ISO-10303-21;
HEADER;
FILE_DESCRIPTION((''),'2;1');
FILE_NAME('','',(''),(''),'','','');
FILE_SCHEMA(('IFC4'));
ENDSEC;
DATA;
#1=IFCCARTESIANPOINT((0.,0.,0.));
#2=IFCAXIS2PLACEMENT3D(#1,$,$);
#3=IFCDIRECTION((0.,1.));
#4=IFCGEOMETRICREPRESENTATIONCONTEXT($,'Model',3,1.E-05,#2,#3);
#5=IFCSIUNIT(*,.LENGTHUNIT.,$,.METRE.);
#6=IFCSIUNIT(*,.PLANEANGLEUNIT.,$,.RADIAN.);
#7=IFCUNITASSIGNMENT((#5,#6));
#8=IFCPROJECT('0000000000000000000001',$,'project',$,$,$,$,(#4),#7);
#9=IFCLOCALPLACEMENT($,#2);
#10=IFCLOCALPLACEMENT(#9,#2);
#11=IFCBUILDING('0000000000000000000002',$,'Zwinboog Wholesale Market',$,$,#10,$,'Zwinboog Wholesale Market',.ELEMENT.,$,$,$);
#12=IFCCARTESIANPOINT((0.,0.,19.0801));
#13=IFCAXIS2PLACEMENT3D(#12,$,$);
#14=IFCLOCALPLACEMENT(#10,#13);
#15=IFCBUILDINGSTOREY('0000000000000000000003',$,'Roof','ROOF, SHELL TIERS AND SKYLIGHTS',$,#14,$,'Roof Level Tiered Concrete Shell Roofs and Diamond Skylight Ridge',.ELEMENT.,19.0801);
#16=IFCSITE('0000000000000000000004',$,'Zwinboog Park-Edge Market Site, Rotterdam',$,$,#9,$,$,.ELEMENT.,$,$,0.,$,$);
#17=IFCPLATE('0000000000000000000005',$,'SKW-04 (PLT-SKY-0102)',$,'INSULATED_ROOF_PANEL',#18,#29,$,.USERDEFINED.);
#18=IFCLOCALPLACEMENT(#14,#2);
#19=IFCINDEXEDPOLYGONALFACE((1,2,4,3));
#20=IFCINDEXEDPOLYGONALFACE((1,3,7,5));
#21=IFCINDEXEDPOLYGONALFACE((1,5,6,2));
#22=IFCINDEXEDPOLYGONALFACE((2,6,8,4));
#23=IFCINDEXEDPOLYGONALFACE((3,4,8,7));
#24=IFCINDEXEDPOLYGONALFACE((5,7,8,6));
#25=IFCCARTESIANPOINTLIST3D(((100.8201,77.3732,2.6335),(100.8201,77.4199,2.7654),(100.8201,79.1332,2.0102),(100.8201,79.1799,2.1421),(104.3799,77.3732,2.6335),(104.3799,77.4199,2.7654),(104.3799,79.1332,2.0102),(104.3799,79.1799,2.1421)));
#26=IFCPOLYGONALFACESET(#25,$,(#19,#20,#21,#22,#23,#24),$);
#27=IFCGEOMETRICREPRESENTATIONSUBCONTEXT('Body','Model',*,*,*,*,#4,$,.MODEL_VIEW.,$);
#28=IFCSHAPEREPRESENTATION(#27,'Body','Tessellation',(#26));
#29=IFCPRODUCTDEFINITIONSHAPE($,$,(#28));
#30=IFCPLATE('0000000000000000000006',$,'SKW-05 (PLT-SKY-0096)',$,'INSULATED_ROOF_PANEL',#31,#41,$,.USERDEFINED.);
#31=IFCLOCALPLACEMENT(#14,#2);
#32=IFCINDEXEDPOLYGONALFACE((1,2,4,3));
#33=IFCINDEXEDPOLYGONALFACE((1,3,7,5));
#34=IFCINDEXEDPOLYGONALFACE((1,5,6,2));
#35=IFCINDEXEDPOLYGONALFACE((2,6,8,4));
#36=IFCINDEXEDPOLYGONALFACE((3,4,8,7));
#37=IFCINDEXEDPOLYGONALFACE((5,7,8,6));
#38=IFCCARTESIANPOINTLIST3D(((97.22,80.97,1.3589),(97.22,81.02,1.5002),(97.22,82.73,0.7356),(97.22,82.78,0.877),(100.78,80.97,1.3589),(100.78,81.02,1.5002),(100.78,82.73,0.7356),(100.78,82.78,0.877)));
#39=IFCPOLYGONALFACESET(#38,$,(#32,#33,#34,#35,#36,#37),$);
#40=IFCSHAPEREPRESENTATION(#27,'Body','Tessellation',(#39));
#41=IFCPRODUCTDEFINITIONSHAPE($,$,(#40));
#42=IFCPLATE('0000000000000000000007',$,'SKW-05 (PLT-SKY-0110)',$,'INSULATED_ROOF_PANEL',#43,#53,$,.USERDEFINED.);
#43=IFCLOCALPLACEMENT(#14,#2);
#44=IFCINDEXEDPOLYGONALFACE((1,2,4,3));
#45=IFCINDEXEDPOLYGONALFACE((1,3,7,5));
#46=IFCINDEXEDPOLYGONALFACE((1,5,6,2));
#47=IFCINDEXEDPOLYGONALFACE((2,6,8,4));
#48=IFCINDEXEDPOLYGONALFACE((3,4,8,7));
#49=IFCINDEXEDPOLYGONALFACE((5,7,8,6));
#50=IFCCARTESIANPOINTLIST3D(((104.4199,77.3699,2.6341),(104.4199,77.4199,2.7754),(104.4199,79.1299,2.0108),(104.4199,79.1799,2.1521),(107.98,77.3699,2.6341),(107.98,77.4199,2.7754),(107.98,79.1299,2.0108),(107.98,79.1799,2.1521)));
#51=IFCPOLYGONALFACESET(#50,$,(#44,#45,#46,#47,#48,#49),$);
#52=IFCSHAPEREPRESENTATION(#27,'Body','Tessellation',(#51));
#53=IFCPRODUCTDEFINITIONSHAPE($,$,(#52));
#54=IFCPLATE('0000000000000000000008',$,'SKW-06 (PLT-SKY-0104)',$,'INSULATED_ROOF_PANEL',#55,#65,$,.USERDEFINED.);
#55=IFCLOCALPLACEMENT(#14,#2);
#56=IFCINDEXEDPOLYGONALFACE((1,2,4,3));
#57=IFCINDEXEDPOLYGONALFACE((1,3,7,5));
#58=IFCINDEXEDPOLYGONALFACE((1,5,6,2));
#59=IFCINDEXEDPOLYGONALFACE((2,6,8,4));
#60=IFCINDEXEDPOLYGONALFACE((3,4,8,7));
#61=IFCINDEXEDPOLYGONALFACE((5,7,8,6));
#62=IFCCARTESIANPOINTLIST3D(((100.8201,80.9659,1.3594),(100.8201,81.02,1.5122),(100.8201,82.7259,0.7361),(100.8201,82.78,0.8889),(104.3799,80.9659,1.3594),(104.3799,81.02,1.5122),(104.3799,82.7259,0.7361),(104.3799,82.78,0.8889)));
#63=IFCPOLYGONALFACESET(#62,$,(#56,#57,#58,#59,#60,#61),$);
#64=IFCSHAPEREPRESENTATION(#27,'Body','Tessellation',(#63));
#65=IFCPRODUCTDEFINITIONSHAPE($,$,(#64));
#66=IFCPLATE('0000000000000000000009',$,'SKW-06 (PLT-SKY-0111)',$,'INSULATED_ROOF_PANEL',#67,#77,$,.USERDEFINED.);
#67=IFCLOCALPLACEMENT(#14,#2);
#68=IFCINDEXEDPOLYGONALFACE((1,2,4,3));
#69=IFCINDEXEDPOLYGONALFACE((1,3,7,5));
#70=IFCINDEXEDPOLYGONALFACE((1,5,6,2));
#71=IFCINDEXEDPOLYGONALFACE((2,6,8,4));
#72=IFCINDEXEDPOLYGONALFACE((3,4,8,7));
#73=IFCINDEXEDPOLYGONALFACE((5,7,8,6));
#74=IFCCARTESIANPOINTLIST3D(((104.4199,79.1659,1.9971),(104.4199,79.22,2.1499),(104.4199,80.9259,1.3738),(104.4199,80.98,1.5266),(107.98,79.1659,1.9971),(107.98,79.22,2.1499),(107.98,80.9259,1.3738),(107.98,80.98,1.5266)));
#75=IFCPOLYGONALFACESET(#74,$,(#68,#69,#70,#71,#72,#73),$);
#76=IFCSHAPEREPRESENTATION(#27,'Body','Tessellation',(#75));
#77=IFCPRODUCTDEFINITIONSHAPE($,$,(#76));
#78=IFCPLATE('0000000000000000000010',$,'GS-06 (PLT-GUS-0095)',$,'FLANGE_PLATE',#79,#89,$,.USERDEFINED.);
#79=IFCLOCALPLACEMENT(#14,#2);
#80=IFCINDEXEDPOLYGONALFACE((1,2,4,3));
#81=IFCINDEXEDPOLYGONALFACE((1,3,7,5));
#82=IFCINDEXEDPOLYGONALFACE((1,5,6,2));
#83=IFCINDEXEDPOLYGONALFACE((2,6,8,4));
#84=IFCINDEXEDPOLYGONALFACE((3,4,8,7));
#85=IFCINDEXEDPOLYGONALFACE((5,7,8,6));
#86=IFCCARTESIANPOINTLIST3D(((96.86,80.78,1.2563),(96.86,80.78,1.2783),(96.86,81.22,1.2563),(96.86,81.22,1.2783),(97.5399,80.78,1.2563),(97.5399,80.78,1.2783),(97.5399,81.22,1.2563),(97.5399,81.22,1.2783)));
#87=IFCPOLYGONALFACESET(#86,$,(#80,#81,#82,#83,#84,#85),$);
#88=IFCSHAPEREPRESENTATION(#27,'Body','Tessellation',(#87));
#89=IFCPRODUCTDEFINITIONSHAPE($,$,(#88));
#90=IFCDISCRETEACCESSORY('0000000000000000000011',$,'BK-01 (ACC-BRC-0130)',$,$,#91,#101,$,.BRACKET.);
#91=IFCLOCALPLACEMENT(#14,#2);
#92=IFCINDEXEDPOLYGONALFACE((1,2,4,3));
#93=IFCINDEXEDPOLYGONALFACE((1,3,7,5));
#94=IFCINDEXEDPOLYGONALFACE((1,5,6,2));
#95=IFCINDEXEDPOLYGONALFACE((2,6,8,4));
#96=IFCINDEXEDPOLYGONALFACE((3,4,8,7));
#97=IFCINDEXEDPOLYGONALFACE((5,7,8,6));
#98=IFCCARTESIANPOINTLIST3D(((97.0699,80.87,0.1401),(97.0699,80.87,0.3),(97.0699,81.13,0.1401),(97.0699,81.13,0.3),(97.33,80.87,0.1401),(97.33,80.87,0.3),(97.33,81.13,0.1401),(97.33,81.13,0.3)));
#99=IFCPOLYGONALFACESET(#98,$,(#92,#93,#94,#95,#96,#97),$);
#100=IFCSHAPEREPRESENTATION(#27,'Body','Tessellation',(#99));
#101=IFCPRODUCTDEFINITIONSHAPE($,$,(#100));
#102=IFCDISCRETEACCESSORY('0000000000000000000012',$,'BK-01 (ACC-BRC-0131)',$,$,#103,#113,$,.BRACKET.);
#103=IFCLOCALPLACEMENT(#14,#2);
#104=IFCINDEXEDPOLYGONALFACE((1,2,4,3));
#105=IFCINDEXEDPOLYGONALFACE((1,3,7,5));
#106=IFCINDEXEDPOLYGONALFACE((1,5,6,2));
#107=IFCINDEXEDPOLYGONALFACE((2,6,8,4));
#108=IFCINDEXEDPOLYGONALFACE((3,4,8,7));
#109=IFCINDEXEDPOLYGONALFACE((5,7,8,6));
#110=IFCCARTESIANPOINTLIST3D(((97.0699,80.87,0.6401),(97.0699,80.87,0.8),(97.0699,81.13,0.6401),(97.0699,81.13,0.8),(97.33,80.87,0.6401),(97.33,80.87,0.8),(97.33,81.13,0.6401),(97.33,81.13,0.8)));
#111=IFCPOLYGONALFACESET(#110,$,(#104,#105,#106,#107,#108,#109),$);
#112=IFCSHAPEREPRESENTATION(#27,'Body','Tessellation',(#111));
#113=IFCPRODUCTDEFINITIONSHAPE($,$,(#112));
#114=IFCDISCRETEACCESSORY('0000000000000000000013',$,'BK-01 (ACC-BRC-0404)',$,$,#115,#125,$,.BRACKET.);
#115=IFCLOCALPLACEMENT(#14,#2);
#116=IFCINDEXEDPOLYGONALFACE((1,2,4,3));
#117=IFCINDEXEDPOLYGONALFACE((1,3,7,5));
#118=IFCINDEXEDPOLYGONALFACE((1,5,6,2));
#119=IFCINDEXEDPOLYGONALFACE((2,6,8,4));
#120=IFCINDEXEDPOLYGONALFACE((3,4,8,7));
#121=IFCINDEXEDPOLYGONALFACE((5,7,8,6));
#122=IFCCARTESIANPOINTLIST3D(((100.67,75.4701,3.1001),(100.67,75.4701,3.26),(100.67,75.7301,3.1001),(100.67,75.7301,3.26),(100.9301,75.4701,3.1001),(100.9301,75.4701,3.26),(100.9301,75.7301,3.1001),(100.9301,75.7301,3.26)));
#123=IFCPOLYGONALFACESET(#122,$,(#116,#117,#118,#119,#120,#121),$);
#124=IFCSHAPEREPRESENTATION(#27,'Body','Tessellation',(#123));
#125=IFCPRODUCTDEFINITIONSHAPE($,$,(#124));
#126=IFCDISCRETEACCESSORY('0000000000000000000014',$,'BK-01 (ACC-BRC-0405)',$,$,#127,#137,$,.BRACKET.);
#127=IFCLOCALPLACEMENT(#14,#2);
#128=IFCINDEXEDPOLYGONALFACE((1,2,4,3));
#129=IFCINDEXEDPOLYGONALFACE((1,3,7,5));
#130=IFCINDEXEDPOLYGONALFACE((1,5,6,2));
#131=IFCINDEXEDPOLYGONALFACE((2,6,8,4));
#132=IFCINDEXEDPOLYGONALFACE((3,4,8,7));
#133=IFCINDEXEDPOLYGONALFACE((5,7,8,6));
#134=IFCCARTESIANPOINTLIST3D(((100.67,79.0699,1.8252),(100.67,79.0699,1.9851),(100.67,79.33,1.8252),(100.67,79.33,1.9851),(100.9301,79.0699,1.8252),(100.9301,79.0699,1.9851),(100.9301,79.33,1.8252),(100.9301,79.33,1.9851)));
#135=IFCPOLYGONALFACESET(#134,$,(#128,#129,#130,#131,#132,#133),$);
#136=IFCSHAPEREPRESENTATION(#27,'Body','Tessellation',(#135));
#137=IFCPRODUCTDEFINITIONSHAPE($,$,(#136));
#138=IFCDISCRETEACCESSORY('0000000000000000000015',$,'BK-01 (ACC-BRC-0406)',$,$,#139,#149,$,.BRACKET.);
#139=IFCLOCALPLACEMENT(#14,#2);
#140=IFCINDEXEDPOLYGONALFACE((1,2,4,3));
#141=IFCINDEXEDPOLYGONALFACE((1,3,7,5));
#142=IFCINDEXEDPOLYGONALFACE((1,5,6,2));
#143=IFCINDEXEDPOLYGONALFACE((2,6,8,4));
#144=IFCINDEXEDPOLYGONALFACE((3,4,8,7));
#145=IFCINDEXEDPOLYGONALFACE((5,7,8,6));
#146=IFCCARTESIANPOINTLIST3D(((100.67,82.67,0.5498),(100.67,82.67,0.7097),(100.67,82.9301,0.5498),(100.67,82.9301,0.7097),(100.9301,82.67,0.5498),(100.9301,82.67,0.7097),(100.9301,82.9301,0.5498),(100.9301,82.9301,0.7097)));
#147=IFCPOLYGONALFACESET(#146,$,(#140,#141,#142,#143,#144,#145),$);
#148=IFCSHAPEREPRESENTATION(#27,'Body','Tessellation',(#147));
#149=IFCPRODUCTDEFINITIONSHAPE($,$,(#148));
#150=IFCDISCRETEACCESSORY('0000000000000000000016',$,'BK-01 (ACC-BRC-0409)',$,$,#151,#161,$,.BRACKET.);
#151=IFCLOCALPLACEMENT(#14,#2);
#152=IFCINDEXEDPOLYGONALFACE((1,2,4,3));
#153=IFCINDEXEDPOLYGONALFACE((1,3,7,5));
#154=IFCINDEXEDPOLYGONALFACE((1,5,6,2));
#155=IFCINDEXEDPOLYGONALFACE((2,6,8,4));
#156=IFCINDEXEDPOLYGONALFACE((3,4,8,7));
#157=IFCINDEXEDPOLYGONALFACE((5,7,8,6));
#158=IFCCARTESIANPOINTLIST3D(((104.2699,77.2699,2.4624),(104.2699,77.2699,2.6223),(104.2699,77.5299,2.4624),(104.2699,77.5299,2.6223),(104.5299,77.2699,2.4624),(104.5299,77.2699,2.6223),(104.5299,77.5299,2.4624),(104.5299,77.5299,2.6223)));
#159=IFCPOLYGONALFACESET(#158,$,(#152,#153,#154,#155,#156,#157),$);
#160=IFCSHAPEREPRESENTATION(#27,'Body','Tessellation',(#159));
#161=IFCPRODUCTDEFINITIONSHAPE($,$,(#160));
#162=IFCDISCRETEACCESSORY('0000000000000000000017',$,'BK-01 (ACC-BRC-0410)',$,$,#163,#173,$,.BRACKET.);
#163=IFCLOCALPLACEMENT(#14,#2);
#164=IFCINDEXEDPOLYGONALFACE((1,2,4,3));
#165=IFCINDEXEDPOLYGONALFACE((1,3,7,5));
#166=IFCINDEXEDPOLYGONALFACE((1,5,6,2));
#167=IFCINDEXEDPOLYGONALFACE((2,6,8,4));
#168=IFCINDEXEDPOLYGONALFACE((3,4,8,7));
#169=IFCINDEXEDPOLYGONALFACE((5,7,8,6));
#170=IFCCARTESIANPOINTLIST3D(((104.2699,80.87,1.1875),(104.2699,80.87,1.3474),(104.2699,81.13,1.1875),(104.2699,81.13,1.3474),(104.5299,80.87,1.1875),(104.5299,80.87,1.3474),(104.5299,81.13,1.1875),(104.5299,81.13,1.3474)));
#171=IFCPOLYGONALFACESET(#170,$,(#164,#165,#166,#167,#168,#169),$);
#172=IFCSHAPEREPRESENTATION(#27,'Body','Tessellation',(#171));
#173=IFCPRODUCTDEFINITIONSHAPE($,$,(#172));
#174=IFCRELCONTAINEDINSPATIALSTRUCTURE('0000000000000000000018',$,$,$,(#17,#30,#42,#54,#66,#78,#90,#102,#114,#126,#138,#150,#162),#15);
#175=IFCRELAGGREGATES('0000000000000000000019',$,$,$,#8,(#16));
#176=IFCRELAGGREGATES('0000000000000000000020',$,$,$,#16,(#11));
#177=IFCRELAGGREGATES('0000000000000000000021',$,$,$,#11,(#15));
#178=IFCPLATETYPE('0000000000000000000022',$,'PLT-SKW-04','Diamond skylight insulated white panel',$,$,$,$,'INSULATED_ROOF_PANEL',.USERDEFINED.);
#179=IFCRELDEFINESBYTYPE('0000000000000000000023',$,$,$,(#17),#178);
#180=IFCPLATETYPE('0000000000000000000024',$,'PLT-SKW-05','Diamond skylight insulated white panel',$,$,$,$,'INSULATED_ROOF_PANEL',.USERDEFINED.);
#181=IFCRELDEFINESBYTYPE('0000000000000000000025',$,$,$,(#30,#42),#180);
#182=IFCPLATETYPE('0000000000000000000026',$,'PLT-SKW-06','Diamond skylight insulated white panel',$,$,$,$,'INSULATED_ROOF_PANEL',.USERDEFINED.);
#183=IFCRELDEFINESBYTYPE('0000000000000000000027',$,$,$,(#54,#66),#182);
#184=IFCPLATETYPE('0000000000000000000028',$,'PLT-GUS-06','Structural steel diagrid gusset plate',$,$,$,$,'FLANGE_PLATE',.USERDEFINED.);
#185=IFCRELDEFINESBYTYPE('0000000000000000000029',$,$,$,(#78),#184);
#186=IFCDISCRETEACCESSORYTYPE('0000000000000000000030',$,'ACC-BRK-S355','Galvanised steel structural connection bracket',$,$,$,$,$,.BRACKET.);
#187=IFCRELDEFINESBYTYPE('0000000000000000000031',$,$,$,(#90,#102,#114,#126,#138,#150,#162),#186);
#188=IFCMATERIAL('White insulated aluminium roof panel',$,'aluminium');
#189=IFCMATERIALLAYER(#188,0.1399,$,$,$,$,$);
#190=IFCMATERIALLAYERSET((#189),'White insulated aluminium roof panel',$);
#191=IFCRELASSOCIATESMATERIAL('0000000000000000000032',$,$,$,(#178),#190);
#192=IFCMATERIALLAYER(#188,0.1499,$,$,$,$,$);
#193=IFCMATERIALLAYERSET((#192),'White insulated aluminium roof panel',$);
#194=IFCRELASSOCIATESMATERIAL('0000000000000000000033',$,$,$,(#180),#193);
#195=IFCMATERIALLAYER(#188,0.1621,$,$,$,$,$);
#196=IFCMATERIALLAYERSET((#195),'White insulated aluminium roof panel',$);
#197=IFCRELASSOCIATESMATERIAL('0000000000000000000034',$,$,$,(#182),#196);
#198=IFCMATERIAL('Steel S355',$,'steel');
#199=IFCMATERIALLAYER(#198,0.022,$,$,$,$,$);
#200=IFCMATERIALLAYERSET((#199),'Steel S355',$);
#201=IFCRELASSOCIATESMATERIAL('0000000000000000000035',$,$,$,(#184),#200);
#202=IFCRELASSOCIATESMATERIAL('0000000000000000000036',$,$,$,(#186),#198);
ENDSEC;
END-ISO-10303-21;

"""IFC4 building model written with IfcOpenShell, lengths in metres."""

from ifc_helpers import new_model, si_unit, direction, frame, origin, origin_2d, place, context, subcontext, project, spatial, polyline, rectangle, outline, extrude, material, layer, layer_set, type_object, element, save


model = new_model("IFC4")

# Units and contexts
model_context = context("Model", 3, precision=1e-05, world=origin(), true_north=direction((0.0, 1.0)))
body_context = subcontext(model_context, "Body", "Model", "MODEL_VIEW")
ifc_project = project(units=[si_unit("LENGTHUNIT", "METRE"), si_unit("PLANEANGLEUNIT", "RADIAN")], contexts=[model_context])

# Site, building, storey
site_placement = place(None, origin())
site = spatial("IfcSite", under=ifc_project, at=site_placement, Name="Zwinboog Park-Edge Market Site, Rotterdam", CompositionType="ELEMENT", RefElevation=0.0)
building_placement = place(site_placement, origin())
building = spatial("IfcBuilding", under=site, at=building_placement, Name="Zwinboog Wholesale Market", LongName="Zwinboog Wholesale Market", CompositionType="ELEMENT")
storey_placement = place(building_placement, frame((0.0, 0.0, 19.0801)))
storey = spatial("IfcBuildingStorey", under=building, at=storey_placement, Name="Roof", Description="ROOF, SHELL TIERS AND SKYLIGHTS", LongName="Roof Level Tiered Concrete Shell Roofs and Diamond Skylight Ridge", CompositionType="ELEMENT", Elevation=19.0801)

# Shared definitions
ifc_material_1 = material(Name="Steel S355", Category="steel")

# Plates
ifc_material_2 = material(Name="White insulated aluminium roof panel", Category="aluminium")
ifc_layer_1 = layer(ifc_material_2, 0.1399)
ifc_layer_set_1 = layer_set([ifc_layer_1], Name="White insulated aluminium roof panel")
plate_type_1 = type_object("IfcPlateType", Name="PLT-SKW-04", Description="Diamond skylight insulated white panel", ElementType="INSULATED_ROOF_PANEL", PredefinedType="USERDEFINED", material=ifc_layer_set_1)
plate_1_placement = place(storey_placement, frame((100.8201, 77.4199, 2.7654), z_axis=(0.0, 0.333825, 0.942635), x_axis=(1.0, 0.0, 0.0)))
element("IfcPlate", 1, at=plate_1_placement, inside=storey, type_object=plate_type_1, Name="SKW-04 (PLT-SKY-0102)", ObjectType="INSULATED_ROOF_PANEL", PredefinedType="USERDEFINED", context=body_context, shape_type="SweptSolid", body=[
    extrude(outline(polyline([(0.0, 0.0), (3.5598, 0.0), (3.5598, 1.8671), (0.0, 1.8671), (0.0, 0.0)])), origin(), (0.0, 0.0, -1.0), 0.1399),
])
ifc_layer_2 = layer(ifc_material_2, 0.1499)
ifc_layer_set_2 = layer_set([ifc_layer_2], Name="White insulated aluminium roof panel")
plate_type_2 = type_object("IfcPlateType", Name="PLT-SKW-05", Description="Diamond skylight insulated white panel", ElementType="INSULATED_ROOF_PANEL", PredefinedType="USERDEFINED", material=ifc_layer_set_2)
for number, where, z_axis, x_axis, name in (
    (2, (97.22, 81.02, 1.5002), (0.0, 0.333825, 0.942635), (1.0, 0.0, 0.0), "SKW-05 (PLT-SKY-0096)"),
    (3, (104.4199, 77.4199, 2.7754), (0.0, 0.333825, 0.942635), (1.0, 0.0, 0.0), "SKW-05 (PLT-SKY-0110)"),
):
    element("IfcPlate", number, at=place(storey_placement, frame(where, z_axis=z_axis, x_axis=x_axis)), inside=storey, type_object=plate_type_2, Name=name, ObjectType="INSULATED_ROOF_PANEL", PredefinedType="USERDEFINED", context=body_context, shape_type="SweptSolid", body=[
        extrude(outline(polyline([(0.0, 0.0), (3.5601, 0.0), (3.5601, 1.8671), (0.0, 1.8671), (0.0, 0.0)])), origin(), (0.0, 0.0, -1.0), 0.1499),
    ])
ifc_layer_3 = layer(ifc_material_2, 0.1621)
ifc_layer_set_3 = layer_set([ifc_layer_3], Name="White insulated aluminium roof panel")
plate_type_3 = type_object("IfcPlateType", Name="PLT-SKW-06", Description="Diamond skylight insulated white panel", ElementType="INSULATED_ROOF_PANEL", PredefinedType="USERDEFINED", material=ifc_layer_set_3)
plate_2_placement = place(storey_placement, frame((100.8201, 81.02, 1.5122), z_axis=(0.0, 0.333825, 0.942635), x_axis=(1.0, 0.0, 0.0)))
element("IfcPlate", 4, at=plate_2_placement, inside=storey, type_object=plate_type_3, Name="SKW-06 (PLT-SKY-0104)", ObjectType="INSULATED_ROOF_PANEL", PredefinedType="USERDEFINED", context=body_context, shape_type="SweptSolid", body=[
    extrude(outline(polyline([(0.0, 0.0), (3.5598, 0.0), (3.5598, 1.8671), (0.0, 1.8671), (0.0, 0.0)])), origin(), (0.0, 0.0, -1.0), 0.1621),
])
plate_3_placement = place(storey_placement, frame((104.4199, 79.22, 2.1499), z_axis=(0.0, 0.333825, 0.942635), x_axis=(1.0, 0.0, 0.0)))
element("IfcPlate", 5, at=plate_3_placement, inside=storey, type_object=plate_type_3, Name="SKW-06 (PLT-SKY-0111)", ObjectType="INSULATED_ROOF_PANEL", PredefinedType="USERDEFINED", context=body_context, shape_type="SweptSolid", body=[
    extrude(outline(polyline([(0.0, 0.0), (3.5601, 0.0), (3.5601, 1.8671), (0.0, 1.8671), (0.0, 0.0)])), origin(), (0.0, 0.0, -1.0), 0.1621),
])
ifc_layer_4 = layer(ifc_material_1, 0.022)
ifc_layer_set_4 = layer_set([ifc_layer_4], Name="Steel S355")
plate_type_4 = type_object("IfcPlateType", Name="PLT-GUS-06", Description="Structural steel diagrid gusset plate", ElementType="FLANGE_PLATE", PredefinedType="USERDEFINED", material=ifc_layer_set_4)
plate_4_placement = place(storey_placement, frame((97.2, 81.0, 1.2563), z_axis=(0.0, 0.0, 1.0), x_axis=(1.0, 0.0, 0.0)))
element("IfcPlate", 6, at=plate_4_placement, inside=storey, type_object=plate_type_4, Name="GS-06 (PLT-GUS-0095)", ObjectType="FLANGE_PLATE", PredefinedType="USERDEFINED", context=body_context, shape_type="SweptSolid", body=[
    extrude(rectangle(XDim=0.6799, YDim=0.4399, at=origin_2d()), origin(), (0.0, 0.0, 1.0), 0.022),
])

# Discrete accessories
discrete_accessory_type = type_object("IfcDiscreteAccessoryType", Name="ACC-BRK-S355", Description="Galvanised steel structural connection bracket", PredefinedType="BRACKET", material=ifc_material_1)
for number, where, z_axis, x_axis, name in (
    (7, (97.2, 81.0, 0.1401), (0.0, 0.0, 1.0), (1.0, 0.0, 0.0), "BK-01 (ACC-BRC-0130)"),
    (8, (97.2, 81.0, 0.6401), (0.0, 0.0, 1.0), (1.0, 0.0, 0.0), "BK-01 (ACC-BRC-0131)"),
    (9, (100.8, 75.6001, 3.1001), (0.0, 0.0, 1.0), (1.0, 0.0, 0.0), "BK-01 (ACC-BRC-0404)"),
    (10, (100.8, 79.2, 1.8252), (0.0, 0.0, 1.0), (1.0, 0.0, 0.0), "BK-01 (ACC-BRC-0405)"),
    (11, (100.8, 82.8, 0.5498), (0.0, 0.0, 1.0), (1.0, 0.0, 0.0), "BK-01 (ACC-BRC-0406)"),
    (12, (104.3999, 77.3999, 2.4624), (0.0, 0.0, 1.0), (1.0, 0.0, 0.0), "BK-01 (ACC-BRC-0409)"),
    (13, (104.3999, 81.0, 1.1875), (0.0, 0.0, 1.0), (1.0, 0.0, 0.0), "BK-01 (ACC-BRC-0410)"),
):
    element("IfcDiscreteAccessory", number, at=place(storey_placement, frame(where, z_axis=z_axis, x_axis=x_axis)), inside=storey, type_object=discrete_accessory_type, Name=name, PredefinedType="BRACKET", context=body_context, shape_type="SweptSolid", body=[
        extrude(rectangle(XDim=0.26, YDim=0.26, at=origin_2d()), origin(), (0.0, 0.0, 1.0), 0.1599),
    ])

save(model, "model.ifc")
